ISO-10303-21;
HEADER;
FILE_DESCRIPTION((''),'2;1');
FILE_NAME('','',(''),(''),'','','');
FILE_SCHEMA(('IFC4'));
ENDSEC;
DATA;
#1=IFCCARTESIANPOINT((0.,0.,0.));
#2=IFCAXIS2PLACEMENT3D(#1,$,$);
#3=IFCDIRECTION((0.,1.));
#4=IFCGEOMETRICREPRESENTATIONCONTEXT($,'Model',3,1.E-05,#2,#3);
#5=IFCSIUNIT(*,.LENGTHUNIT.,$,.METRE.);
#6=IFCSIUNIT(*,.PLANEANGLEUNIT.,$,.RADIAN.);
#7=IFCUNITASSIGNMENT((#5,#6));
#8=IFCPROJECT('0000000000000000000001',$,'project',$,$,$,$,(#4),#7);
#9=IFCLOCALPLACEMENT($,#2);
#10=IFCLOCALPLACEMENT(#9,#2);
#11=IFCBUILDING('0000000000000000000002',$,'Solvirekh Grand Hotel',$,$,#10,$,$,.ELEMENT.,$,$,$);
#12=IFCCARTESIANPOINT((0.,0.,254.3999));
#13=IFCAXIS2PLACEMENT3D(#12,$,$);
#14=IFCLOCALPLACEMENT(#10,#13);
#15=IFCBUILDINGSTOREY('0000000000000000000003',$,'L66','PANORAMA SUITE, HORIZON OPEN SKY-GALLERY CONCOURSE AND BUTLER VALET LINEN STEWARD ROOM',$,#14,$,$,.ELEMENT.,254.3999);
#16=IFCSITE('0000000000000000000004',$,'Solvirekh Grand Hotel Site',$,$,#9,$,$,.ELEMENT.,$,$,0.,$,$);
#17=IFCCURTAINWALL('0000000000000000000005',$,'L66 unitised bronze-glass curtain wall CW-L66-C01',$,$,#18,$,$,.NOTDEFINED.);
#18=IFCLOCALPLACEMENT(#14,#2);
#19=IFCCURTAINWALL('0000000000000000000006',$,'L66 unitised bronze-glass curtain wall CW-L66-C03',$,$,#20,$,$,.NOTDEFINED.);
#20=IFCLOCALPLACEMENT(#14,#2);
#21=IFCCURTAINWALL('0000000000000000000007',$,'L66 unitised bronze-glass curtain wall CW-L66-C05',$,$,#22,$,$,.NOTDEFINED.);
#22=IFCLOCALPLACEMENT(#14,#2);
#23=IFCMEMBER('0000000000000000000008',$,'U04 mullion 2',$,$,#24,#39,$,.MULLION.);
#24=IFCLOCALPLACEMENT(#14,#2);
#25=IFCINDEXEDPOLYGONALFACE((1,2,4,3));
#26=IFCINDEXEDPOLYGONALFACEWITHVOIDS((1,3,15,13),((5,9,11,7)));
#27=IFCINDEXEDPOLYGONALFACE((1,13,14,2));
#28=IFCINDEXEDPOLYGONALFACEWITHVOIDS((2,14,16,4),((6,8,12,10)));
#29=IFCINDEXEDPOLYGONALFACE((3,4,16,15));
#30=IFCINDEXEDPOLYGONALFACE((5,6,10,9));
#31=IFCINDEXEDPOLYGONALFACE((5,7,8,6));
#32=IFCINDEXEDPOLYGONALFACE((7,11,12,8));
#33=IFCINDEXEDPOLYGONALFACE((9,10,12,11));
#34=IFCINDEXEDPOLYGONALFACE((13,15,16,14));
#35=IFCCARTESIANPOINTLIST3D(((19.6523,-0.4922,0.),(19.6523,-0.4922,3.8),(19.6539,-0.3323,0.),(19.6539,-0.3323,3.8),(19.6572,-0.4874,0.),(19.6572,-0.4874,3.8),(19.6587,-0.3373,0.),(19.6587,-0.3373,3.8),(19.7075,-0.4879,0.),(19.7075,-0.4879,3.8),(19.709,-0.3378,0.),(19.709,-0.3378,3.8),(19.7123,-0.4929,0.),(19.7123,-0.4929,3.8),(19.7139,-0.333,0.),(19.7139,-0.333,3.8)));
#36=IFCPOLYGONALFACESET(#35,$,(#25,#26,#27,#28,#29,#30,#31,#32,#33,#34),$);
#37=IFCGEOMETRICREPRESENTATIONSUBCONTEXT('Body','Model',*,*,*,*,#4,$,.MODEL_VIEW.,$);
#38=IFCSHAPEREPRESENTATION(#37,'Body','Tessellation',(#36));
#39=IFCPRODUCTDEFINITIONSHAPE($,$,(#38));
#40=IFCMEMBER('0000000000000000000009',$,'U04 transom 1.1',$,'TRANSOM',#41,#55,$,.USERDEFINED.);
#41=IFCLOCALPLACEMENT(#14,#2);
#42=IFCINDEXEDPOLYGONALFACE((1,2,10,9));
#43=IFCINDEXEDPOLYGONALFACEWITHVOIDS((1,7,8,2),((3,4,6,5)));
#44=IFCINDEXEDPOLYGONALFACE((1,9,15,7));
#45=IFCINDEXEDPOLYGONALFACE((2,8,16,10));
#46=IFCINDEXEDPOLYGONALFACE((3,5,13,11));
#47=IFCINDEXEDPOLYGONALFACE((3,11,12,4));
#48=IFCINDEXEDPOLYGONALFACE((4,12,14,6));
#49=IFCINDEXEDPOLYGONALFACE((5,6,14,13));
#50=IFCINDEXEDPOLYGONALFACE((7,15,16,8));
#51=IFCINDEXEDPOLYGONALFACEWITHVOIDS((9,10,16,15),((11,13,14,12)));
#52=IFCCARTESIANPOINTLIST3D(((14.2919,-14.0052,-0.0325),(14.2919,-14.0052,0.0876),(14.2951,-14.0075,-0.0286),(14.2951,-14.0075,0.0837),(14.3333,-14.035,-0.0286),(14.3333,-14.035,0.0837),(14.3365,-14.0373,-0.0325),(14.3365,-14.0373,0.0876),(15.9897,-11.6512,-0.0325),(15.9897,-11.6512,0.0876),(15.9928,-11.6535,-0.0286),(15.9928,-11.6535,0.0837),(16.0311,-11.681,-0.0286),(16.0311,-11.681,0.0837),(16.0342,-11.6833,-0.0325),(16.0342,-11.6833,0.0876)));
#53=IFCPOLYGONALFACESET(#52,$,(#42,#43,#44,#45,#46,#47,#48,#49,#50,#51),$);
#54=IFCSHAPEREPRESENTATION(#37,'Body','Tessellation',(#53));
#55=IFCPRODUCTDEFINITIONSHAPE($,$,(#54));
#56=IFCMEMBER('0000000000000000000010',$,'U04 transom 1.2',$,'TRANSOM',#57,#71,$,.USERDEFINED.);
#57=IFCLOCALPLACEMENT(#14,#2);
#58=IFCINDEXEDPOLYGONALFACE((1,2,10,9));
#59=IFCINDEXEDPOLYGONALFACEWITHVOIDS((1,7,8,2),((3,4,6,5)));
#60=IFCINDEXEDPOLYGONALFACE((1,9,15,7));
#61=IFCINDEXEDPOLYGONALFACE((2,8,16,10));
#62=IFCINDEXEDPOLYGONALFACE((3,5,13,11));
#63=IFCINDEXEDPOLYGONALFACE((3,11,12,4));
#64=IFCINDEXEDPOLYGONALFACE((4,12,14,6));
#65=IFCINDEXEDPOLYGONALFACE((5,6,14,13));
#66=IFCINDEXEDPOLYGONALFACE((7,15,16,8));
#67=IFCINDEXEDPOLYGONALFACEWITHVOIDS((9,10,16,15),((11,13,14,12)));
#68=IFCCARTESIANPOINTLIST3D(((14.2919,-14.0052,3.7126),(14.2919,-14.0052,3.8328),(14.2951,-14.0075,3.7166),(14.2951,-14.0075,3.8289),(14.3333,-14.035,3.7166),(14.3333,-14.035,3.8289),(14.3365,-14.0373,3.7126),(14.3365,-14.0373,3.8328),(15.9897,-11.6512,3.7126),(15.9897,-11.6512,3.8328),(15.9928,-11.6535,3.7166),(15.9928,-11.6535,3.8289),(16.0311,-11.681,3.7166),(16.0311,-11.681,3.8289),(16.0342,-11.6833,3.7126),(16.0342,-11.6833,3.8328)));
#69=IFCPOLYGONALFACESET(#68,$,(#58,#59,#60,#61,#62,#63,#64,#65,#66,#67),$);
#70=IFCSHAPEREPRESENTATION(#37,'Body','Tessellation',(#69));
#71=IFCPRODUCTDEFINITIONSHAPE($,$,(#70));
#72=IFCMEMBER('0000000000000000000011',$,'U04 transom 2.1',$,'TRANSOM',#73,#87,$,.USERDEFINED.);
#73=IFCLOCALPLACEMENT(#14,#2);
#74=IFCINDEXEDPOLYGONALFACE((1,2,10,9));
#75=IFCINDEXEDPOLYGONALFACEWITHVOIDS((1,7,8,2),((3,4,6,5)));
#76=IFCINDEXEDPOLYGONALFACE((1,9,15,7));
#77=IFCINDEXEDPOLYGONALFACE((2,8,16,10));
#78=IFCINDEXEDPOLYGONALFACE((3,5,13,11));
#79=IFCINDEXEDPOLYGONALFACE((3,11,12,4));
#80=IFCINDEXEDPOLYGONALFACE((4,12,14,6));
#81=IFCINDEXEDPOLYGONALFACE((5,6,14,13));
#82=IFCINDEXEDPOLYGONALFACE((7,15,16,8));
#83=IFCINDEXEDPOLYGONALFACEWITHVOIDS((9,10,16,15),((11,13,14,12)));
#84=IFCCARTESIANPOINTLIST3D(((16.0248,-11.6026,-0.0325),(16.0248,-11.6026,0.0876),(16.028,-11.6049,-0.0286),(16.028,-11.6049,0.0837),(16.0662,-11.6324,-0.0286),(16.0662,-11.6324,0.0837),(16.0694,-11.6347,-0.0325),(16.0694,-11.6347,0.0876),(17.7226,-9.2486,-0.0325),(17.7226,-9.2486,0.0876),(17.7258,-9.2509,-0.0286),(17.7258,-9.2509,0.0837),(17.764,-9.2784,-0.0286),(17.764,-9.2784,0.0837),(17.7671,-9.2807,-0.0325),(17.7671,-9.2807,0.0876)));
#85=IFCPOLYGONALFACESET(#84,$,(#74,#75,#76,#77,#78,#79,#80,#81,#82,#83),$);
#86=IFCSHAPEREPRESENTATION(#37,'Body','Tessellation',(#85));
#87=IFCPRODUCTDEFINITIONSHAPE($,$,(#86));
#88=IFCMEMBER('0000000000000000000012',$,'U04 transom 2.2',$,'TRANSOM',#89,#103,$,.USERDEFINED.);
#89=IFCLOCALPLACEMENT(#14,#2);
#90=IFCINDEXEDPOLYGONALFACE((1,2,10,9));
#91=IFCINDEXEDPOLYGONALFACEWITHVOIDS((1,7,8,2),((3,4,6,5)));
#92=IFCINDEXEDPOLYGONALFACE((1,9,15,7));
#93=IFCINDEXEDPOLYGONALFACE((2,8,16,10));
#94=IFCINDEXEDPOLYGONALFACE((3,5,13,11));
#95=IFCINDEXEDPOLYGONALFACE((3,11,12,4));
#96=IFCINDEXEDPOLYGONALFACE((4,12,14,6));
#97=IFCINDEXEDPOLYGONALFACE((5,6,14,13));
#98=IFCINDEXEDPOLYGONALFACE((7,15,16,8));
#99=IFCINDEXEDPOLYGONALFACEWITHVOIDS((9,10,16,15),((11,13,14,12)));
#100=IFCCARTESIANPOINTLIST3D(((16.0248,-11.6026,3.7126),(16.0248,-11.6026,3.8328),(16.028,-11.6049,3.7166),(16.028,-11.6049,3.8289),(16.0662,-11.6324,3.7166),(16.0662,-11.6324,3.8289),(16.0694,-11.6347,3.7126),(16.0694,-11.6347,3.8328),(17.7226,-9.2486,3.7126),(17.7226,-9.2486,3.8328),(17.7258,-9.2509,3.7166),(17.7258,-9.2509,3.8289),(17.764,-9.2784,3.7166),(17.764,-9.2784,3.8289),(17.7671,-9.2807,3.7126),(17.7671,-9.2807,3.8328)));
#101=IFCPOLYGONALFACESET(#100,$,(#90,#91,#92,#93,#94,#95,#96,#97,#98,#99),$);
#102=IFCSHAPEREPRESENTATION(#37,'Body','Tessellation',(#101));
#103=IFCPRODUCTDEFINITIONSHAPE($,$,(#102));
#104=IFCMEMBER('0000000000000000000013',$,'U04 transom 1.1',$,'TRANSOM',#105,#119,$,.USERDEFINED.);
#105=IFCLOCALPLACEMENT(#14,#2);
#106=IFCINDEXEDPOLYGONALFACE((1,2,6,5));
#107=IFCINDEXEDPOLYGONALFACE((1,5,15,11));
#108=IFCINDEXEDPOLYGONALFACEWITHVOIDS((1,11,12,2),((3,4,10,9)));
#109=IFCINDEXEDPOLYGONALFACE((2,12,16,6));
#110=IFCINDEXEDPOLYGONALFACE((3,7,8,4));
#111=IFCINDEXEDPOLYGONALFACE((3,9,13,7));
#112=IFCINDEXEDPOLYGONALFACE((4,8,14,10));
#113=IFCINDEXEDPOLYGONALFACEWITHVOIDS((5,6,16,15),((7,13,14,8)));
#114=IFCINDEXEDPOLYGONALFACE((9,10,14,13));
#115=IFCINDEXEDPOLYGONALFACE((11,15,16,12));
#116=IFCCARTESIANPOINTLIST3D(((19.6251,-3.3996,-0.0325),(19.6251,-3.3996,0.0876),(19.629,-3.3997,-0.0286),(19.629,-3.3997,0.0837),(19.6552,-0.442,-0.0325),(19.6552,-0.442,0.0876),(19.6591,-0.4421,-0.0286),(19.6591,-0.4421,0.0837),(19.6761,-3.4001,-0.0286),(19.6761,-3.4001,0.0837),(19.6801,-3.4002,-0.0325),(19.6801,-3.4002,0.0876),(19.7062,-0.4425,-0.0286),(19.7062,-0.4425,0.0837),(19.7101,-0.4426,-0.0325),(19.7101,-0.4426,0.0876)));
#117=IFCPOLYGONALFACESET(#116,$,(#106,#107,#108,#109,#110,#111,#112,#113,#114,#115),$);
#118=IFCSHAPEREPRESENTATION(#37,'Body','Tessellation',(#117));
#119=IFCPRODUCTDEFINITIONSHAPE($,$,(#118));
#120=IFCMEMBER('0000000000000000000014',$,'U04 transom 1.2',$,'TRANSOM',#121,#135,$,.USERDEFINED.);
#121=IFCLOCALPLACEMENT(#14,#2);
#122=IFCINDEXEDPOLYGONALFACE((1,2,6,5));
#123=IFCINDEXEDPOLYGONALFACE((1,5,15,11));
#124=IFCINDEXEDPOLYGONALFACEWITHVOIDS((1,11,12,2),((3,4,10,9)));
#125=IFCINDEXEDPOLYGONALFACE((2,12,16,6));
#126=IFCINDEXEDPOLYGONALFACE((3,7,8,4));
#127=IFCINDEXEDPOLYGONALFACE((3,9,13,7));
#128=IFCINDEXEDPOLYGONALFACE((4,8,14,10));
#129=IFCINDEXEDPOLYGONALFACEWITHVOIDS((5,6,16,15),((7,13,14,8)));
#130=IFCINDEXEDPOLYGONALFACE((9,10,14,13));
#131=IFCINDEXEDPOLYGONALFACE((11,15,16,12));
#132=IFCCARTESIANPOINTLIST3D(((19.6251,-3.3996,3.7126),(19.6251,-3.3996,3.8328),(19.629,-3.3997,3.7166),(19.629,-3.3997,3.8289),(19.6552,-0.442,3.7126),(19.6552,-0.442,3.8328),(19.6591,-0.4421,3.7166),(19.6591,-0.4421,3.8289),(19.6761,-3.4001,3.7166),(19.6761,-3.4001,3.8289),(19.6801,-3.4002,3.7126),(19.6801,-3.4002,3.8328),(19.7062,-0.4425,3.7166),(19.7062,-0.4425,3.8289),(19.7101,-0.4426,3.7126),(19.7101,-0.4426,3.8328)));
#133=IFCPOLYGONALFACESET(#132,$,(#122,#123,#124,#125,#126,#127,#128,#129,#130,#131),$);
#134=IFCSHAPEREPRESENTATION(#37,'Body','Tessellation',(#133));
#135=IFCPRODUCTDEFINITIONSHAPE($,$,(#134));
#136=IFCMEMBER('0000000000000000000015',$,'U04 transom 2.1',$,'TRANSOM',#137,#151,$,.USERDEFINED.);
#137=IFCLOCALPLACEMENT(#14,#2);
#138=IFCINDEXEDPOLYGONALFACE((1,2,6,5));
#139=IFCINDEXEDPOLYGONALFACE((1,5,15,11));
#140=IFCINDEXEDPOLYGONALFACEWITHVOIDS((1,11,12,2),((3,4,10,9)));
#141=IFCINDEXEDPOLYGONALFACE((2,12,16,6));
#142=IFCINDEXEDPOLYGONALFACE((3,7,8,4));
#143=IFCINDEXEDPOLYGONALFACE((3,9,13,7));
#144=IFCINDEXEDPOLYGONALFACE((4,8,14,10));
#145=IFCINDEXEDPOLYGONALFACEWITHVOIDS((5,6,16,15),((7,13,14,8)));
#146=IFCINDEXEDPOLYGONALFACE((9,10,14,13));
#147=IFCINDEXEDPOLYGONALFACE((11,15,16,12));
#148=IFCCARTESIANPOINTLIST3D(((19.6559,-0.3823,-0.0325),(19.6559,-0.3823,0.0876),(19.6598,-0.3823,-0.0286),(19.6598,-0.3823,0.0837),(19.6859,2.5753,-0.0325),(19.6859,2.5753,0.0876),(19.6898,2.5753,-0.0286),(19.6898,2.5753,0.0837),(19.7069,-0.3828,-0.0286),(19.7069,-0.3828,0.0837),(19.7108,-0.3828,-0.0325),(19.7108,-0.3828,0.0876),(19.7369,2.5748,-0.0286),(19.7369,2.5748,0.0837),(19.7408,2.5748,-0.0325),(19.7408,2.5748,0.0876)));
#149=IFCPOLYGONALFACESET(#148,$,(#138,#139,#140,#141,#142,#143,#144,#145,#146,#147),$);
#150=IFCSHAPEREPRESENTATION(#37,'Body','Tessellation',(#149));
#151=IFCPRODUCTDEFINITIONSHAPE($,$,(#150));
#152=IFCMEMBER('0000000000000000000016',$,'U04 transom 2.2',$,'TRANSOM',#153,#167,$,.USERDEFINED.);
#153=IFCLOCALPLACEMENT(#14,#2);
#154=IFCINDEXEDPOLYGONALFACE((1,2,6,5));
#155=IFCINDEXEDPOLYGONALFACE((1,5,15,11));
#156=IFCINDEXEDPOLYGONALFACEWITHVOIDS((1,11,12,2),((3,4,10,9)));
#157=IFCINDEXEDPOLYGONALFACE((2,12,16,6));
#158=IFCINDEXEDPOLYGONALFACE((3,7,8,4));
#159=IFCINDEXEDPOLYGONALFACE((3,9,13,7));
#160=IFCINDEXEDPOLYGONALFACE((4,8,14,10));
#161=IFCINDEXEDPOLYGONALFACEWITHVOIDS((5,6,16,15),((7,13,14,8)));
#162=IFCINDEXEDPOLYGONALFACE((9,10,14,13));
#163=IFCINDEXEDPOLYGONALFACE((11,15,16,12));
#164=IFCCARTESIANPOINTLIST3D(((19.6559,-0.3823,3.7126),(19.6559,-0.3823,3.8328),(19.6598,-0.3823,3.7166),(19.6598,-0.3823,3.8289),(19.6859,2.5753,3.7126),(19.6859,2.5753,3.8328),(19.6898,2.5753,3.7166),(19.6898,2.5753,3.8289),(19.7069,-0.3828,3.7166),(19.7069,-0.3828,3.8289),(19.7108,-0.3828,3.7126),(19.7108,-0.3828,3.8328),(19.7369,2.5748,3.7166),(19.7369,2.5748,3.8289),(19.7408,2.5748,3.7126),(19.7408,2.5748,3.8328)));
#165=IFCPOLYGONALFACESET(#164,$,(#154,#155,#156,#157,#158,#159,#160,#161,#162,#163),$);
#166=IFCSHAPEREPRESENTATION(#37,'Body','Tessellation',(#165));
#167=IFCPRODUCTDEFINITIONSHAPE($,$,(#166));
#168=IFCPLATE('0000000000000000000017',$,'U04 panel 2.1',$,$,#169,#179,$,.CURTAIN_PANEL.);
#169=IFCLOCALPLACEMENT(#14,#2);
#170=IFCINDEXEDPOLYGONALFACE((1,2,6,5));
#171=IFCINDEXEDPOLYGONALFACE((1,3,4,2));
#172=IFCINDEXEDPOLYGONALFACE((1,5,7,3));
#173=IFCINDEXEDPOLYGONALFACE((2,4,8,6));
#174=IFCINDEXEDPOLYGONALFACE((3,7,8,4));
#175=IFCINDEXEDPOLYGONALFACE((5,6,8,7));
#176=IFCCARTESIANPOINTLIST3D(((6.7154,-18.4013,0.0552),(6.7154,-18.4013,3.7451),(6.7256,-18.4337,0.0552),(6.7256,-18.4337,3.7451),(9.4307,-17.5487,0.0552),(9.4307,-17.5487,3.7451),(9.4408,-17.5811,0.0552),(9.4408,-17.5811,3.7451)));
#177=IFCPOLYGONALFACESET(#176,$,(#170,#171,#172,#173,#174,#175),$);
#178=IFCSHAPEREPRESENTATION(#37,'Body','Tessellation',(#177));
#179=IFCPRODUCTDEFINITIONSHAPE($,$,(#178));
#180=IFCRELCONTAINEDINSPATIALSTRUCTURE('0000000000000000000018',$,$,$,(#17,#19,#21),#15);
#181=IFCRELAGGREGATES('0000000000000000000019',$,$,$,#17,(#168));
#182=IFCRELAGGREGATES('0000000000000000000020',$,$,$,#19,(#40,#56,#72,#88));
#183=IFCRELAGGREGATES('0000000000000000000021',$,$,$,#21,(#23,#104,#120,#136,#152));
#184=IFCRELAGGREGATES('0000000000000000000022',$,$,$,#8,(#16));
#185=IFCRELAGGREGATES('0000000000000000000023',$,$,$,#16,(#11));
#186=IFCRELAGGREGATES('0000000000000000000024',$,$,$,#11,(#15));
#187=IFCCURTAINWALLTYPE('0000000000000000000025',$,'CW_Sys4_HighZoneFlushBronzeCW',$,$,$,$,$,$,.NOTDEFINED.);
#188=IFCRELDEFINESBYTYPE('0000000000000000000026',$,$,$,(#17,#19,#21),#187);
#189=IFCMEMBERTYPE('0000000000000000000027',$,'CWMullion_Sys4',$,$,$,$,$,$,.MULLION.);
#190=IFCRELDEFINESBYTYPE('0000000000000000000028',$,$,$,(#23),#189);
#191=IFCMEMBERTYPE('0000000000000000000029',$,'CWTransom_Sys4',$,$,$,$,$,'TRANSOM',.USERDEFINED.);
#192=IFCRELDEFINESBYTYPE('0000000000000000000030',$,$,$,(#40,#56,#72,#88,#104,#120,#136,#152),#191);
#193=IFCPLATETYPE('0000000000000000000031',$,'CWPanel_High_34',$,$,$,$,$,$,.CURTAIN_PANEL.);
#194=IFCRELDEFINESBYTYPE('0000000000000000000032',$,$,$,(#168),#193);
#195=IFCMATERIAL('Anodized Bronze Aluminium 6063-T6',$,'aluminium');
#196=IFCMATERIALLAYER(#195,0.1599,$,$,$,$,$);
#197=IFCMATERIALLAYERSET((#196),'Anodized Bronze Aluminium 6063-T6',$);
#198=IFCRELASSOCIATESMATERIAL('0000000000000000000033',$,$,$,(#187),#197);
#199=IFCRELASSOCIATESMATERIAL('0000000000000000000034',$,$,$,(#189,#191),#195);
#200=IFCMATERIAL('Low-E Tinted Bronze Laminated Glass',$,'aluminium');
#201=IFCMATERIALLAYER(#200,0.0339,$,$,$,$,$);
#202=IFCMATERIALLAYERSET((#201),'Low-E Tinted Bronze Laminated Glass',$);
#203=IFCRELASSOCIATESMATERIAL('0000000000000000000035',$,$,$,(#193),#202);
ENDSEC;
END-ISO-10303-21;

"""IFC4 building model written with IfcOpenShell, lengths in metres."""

from ifc_helpers import new_model, si_unit, direction, frame, origin, origin_2d, place, context, subcontext, project, spatial, rectangle, hollow_rectangle, extrude, source, transform, mapped, material, layer, layer_set, material_profile, profile_set, type_object, element, aggregate, save


model = new_model("IFC4")

# Units and contexts
model_context = context("Model", 3, precision=1e-05, world=origin(), true_north=direction((0.0, 1.0)))
body_context = subcontext(model_context, "Body", "Model", "MODEL_VIEW")
ifc_project = project(units=[si_unit("LENGTHUNIT", "METRE"), si_unit("PLANEANGLEUNIT", "RADIAN")], contexts=[model_context])

# Site, building, storey
site_placement = place(None, origin())
site = spatial("IfcSite", under=ifc_project, at=site_placement, Name="Solvirekh Grand Hotel Site", CompositionType="ELEMENT", RefElevation=0.0)
building_placement = place(site_placement, origin())
building = spatial("IfcBuilding", under=site, at=building_placement, Name="Solvirekh Grand Hotel", CompositionType="ELEMENT")
storey_placement = place(building_placement, frame((0.0, 0.0, 254.3999)))
storey = spatial("IfcBuildingStorey", under=building, at=storey_placement, Name="L66", Description="PANORAMA SUITE, HORIZON OPEN SKY-GALLERY CONCOURSE AND BUTLER VALET LINEN STEWARD ROOM", CompositionType="ELEMENT", Elevation=254.3999)

# Curtain wall
ifc_material_1 = material(Name="Anodized Bronze Aluminium 6063-T6", Category="aluminium")
ifc_layer_1 = layer(ifc_material_1, 0.1599)
ifc_layer_set_1 = layer_set([ifc_layer_1], Name="Anodized Bronze Aluminium 6063-T6")
curtain_wall_type = type_object("IfcCurtainWallType", Name="CW_Sys4_HighZoneFlushBronzeCW", PredefinedType="NOTDEFINED", material=ifc_layer_set_1)
curtain_wall_1_placement = place(storey_placement, origin())
curtain_wall_1 = element("IfcCurtainWall", 1, at=curtain_wall_1_placement, inside=storey, type_object=curtain_wall_type, Name="L66 unitised bronze-glass curtain wall CW-L66-C01", PredefinedType="NOTDEFINED")
ifc_material_profile_1 = material_profile(ifc_material_1, hollow_rectangle(XDim=0.0601, YDim=0.1599, WallThickness=0.0049, at=origin_2d()), Name="ALU RHS 160X60X5")
ifc_profile_set_1 = profile_set([ifc_material_profile_1], Name="Anodized Bronze Aluminium 6063-T6")
member_type_1 = type_object("IfcMemberType", Name="CWMullion_Sys4", PredefinedType="MULLION", material=ifc_profile_set_1)
shared_shape_1 = source(origin(), body_context, "Body", "SweptSolid", [
    extrude(hollow_rectangle(XDim=0.0601, YDim=0.1599, WallThickness=0.0049, at=origin_2d()), origin(), (0.0, 0.0, 1.0), 3.8),
])

# Curtain walls, member
curtain_wall_2_placement = place(storey_placement, origin())
curtain_wall_2 = element("IfcCurtainWall", 2, at=curtain_wall_2_placement, inside=storey, type_object=curtain_wall_type, Name="L66 unitised bronze-glass curtain wall CW-L66-C03", PredefinedType="NOTDEFINED")
curtain_wall_3_placement = place(storey_placement, origin())
curtain_wall_3 = element("IfcCurtainWall", 3, at=curtain_wall_3_placement, inside=storey, type_object=curtain_wall_type, Name="L66 unitised bronze-glass curtain wall CW-L66-C05", PredefinedType="NOTDEFINED")
member_1_placement = place(storey_placement, frame((19.6831, -0.4126, 0.0), z_axis=(0.0, 0.0, 1.0), x_axis=(-0.999948, 0.010172, 0.0)))
member_1 = element("IfcMember", 4, at=member_1_placement, type_object=member_type_1, Name="U04 mullion 2", PredefinedType="MULLION", context=body_context, shape_type="MappedRepresentation", body=[
    mapped(shared_shape_1, transform((0.0, 0.0, 0.0), x_axis=(1.0, 0.0, 0.0), y_axis=(0.0, 1.0, 0.0), z_axis=(0.0, 0.0, 1.0), scale=1.0)),
])

# Members
ifc_material_profile_2 = material_profile(ifc_material_1, hollow_rectangle(XDim=0.0549, YDim=0.1201, WallThickness=0.0039, at=origin_2d()), Name="ALU RHS 120X55X4")
ifc_profile_set_2 = profile_set([ifc_material_profile_2], Name="Anodized Bronze Aluminium 6063-T6")
member_type_2 = type_object("IfcMemberType", Name="CWTransom_Sys4", ElementType="TRANSOM", PredefinedType="USERDEFINED", material=ifc_profile_set_2)
shared_shape_2 = source(origin(), body_context, "Body", "SweptSolid", [
    extrude(hollow_rectangle(XDim=0.0549, YDim=0.1201, WallThickness=0.0039, at=origin_2d()), origin(), (0.0, 0.0, 1.0), 2.9023),
])
member_2_placement = place(storey_placement, frame((14.3142, -14.0212, 0.0276), z_axis=(0.584956, 0.811065, 0.0), x_axis=(-0.811065, 0.584956, 0.0)))
member_2 = element("IfcMember", 5, at=member_2_placement, type_object=member_type_2, Name="U04 transom 1.1", ObjectType="TRANSOM", PredefinedType="USERDEFINED", context=body_context, shape_type="MappedRepresentation", body=[
    mapped(shared_shape_2, transform((0.0, 0.0, 0.0), x_axis=(1.0, 0.0, 0.0), y_axis=(0.0, 1.0, 0.0), z_axis=(0.0, 0.0, 1.0), scale=1.0)),
])
member_3_placement = place(storey_placement, frame((14.3142, -14.0212, 3.7727), z_axis=(0.584956, 0.811065, 0.0), x_axis=(-0.811065, 0.584956, 0.0)))
member_3 = element("IfcMember", 6, at=member_3_placement, type_object=member_type_2, Name="U04 transom 1.2", ObjectType="TRANSOM", PredefinedType="USERDEFINED", context=body_context, shape_type="MappedRepresentation", body=[
    mapped(shared_shape_2, transform((0.0, 0.0, 0.0), x_axis=(1.0, 0.0, 0.0), y_axis=(0.0, 1.0, 0.0), z_axis=(0.0, 0.0, 1.0), scale=1.0)),
])
member_4_placement = place(storey_placement, frame((16.0471, -11.6187, 0.0276), z_axis=(0.584956, 0.811065, 0.0), x_axis=(-0.811065, 0.584956, 0.0)))
member_4 = element("IfcMember", 7, at=member_4_placement, type_object=member_type_2, Name="U04 transom 2.1", ObjectType="TRANSOM", PredefinedType="USERDEFINED", context=body_context, shape_type="MappedRepresentation", body=[
    mapped(shared_shape_2, transform((0.0, 0.0, 0.0), x_axis=(1.0, 0.0, 0.0), y_axis=(0.0, 1.0, 0.0), z_axis=(0.0, 0.0, 1.0), scale=1.0)),
])
member_5_placement = place(storey_placement, frame((16.0471, -11.6187, 3.7727), z_axis=(0.584956, 0.811065, 0.0), x_axis=(-0.811065, 0.584956, 0.0)))
member_5 = element("IfcMember", 8, at=member_5_placement, type_object=member_type_2, Name="U04 transom 2.2", ObjectType="TRANSOM", PredefinedType="USERDEFINED", context=body_context, shape_type="MappedRepresentation", body=[
    mapped(shared_shape_2, transform((0.0, 0.0, 0.0), x_axis=(1.0, 0.0, 0.0), y_axis=(0.0, 1.0, 0.0), z_axis=(0.0, 0.0, 1.0), scale=1.0)),
])
shared_shape_3 = source(origin(), body_context, "Body", "SweptSolid", [
    extrude(hollow_rectangle(XDim=0.0549, YDim=0.1201, WallThickness=0.0039, at=origin_2d()), origin(), (0.0, 0.0, 1.0), 2.9578),
])
member_6_placement = place(storey_placement, frame((19.6526, -3.3999, 0.0276), z_axis=(0.010153, 0.999948, 0.0), x_axis=(-0.999948, 0.010153, 0.0)))
member_6 = element("IfcMember", 9, at=member_6_placement, type_object=member_type_2, Name="U04 transom 1.1", ObjectType="TRANSOM", PredefinedType="USERDEFINED", context=body_context, shape_type="MappedRepresentation", body=[
    mapped(shared_shape_3, transform((0.0, 0.0, 0.0), x_axis=(1.0, 0.0, 0.0), y_axis=(0.0, 1.0, 0.0), z_axis=(0.0, 0.0, 1.0), scale=1.0)),
])
member_7_placement = place(storey_placement, frame((19.6526, -3.3999, 3.7727), z_axis=(0.010153, 0.999948, 0.0), x_axis=(-0.999948, 0.010153, 0.0)))
member_7 = element("IfcMember", 10, at=member_7_placement, type_object=member_type_2, Name="U04 transom 1.2", ObjectType="TRANSOM", PredefinedType="USERDEFINED", context=body_context, shape_type="MappedRepresentation", body=[
    mapped(shared_shape_3, transform((0.0, 0.0, 0.0), x_axis=(1.0, 0.0, 0.0), y_axis=(0.0, 1.0, 0.0), z_axis=(0.0, 0.0, 1.0), scale=1.0)),
])
member_8_placement = place(storey_placement, frame((19.6833, -0.3826, 0.0276), z_axis=(0.010153, 0.999948, 0.0), x_axis=(-0.999948, 0.010153, 0.0)))
member_8 = element("IfcMember", 11, at=member_8_placement, type_object=member_type_2, Name="U04 transom 2.1", ObjectType="TRANSOM", PredefinedType="USERDEFINED", context=body_context, shape_type="MappedRepresentation", body=[
    mapped(shared_shape_3, transform((0.0, 0.0, 0.0), x_axis=(1.0, 0.0, 0.0), y_axis=(0.0, 1.0, 0.0), z_axis=(0.0, 0.0, 1.0), scale=1.0)),
])
member_9_placement = place(storey_placement, frame((19.6833, -0.3826, 3.7727), z_axis=(0.010153, 0.999948, 0.0), x_axis=(-0.999948, 0.010153, 0.0)))
member_9 = element("IfcMember", 12, at=member_9_placement, type_object=member_type_2, Name="U04 transom 2.2", ObjectType="TRANSOM", PredefinedType="USERDEFINED", context=body_context, shape_type="MappedRepresentation", body=[
    mapped(shared_shape_3, transform((0.0, 0.0, 0.0), x_axis=(1.0, 0.0, 0.0), y_axis=(0.0, 1.0, 0.0), z_axis=(0.0, 0.0, 1.0), scale=1.0)),
])

# Plate
ifc_material_2 = material(Name="Low-E Tinted Bronze Laminated Glass", Category="aluminium")
ifc_layer_2 = layer(ifc_material_2, 0.0339)
ifc_layer_set_2 = layer_set([ifc_layer_2], Name="Low-E Tinted Bronze Laminated Glass")
plate_type = type_object("IfcPlateType", Name="CWPanel_High_34", PredefinedType="CURTAIN_PANEL", material=ifc_layer_set_2)
shared_shape_4 = source(origin(), body_context, "Body", "SweptSolid", [
    extrude(rectangle(XDim=2.8459, YDim=0.0339, at=origin_2d()), origin(), (0.0, 0.0, 1.0), 3.6899),
])
plate_1_placement = place(storey_placement, frame((8.0781, -17.9912, 0.0552), z_axis=(0.0, 0.0, 1.0), x_axis=(0.954073, 0.299574, 0.0)))
plate_1 = element("IfcPlate", 13, at=plate_1_placement, type_object=plate_type, Name="U04 panel 2.1", PredefinedType="CURTAIN_PANEL", context=body_context, shape_type="MappedRepresentation", body=[
    mapped(shared_shape_4, transform((0.0, 0.0, 0.0), x_axis=(1.0, 0.0, 0.0), y_axis=(0.0, 1.0, 0.0), z_axis=(0.0, 0.0, 1.0), scale=1.0)),
])
aggregate(curtain_wall_1, [plate_1])
aggregate(curtain_wall_2, [member_2, member_3, member_4, member_5])
aggregate(curtain_wall_3, [member_1, member_6, member_7, member_8, member_9])

save(model, "model.ifc")
